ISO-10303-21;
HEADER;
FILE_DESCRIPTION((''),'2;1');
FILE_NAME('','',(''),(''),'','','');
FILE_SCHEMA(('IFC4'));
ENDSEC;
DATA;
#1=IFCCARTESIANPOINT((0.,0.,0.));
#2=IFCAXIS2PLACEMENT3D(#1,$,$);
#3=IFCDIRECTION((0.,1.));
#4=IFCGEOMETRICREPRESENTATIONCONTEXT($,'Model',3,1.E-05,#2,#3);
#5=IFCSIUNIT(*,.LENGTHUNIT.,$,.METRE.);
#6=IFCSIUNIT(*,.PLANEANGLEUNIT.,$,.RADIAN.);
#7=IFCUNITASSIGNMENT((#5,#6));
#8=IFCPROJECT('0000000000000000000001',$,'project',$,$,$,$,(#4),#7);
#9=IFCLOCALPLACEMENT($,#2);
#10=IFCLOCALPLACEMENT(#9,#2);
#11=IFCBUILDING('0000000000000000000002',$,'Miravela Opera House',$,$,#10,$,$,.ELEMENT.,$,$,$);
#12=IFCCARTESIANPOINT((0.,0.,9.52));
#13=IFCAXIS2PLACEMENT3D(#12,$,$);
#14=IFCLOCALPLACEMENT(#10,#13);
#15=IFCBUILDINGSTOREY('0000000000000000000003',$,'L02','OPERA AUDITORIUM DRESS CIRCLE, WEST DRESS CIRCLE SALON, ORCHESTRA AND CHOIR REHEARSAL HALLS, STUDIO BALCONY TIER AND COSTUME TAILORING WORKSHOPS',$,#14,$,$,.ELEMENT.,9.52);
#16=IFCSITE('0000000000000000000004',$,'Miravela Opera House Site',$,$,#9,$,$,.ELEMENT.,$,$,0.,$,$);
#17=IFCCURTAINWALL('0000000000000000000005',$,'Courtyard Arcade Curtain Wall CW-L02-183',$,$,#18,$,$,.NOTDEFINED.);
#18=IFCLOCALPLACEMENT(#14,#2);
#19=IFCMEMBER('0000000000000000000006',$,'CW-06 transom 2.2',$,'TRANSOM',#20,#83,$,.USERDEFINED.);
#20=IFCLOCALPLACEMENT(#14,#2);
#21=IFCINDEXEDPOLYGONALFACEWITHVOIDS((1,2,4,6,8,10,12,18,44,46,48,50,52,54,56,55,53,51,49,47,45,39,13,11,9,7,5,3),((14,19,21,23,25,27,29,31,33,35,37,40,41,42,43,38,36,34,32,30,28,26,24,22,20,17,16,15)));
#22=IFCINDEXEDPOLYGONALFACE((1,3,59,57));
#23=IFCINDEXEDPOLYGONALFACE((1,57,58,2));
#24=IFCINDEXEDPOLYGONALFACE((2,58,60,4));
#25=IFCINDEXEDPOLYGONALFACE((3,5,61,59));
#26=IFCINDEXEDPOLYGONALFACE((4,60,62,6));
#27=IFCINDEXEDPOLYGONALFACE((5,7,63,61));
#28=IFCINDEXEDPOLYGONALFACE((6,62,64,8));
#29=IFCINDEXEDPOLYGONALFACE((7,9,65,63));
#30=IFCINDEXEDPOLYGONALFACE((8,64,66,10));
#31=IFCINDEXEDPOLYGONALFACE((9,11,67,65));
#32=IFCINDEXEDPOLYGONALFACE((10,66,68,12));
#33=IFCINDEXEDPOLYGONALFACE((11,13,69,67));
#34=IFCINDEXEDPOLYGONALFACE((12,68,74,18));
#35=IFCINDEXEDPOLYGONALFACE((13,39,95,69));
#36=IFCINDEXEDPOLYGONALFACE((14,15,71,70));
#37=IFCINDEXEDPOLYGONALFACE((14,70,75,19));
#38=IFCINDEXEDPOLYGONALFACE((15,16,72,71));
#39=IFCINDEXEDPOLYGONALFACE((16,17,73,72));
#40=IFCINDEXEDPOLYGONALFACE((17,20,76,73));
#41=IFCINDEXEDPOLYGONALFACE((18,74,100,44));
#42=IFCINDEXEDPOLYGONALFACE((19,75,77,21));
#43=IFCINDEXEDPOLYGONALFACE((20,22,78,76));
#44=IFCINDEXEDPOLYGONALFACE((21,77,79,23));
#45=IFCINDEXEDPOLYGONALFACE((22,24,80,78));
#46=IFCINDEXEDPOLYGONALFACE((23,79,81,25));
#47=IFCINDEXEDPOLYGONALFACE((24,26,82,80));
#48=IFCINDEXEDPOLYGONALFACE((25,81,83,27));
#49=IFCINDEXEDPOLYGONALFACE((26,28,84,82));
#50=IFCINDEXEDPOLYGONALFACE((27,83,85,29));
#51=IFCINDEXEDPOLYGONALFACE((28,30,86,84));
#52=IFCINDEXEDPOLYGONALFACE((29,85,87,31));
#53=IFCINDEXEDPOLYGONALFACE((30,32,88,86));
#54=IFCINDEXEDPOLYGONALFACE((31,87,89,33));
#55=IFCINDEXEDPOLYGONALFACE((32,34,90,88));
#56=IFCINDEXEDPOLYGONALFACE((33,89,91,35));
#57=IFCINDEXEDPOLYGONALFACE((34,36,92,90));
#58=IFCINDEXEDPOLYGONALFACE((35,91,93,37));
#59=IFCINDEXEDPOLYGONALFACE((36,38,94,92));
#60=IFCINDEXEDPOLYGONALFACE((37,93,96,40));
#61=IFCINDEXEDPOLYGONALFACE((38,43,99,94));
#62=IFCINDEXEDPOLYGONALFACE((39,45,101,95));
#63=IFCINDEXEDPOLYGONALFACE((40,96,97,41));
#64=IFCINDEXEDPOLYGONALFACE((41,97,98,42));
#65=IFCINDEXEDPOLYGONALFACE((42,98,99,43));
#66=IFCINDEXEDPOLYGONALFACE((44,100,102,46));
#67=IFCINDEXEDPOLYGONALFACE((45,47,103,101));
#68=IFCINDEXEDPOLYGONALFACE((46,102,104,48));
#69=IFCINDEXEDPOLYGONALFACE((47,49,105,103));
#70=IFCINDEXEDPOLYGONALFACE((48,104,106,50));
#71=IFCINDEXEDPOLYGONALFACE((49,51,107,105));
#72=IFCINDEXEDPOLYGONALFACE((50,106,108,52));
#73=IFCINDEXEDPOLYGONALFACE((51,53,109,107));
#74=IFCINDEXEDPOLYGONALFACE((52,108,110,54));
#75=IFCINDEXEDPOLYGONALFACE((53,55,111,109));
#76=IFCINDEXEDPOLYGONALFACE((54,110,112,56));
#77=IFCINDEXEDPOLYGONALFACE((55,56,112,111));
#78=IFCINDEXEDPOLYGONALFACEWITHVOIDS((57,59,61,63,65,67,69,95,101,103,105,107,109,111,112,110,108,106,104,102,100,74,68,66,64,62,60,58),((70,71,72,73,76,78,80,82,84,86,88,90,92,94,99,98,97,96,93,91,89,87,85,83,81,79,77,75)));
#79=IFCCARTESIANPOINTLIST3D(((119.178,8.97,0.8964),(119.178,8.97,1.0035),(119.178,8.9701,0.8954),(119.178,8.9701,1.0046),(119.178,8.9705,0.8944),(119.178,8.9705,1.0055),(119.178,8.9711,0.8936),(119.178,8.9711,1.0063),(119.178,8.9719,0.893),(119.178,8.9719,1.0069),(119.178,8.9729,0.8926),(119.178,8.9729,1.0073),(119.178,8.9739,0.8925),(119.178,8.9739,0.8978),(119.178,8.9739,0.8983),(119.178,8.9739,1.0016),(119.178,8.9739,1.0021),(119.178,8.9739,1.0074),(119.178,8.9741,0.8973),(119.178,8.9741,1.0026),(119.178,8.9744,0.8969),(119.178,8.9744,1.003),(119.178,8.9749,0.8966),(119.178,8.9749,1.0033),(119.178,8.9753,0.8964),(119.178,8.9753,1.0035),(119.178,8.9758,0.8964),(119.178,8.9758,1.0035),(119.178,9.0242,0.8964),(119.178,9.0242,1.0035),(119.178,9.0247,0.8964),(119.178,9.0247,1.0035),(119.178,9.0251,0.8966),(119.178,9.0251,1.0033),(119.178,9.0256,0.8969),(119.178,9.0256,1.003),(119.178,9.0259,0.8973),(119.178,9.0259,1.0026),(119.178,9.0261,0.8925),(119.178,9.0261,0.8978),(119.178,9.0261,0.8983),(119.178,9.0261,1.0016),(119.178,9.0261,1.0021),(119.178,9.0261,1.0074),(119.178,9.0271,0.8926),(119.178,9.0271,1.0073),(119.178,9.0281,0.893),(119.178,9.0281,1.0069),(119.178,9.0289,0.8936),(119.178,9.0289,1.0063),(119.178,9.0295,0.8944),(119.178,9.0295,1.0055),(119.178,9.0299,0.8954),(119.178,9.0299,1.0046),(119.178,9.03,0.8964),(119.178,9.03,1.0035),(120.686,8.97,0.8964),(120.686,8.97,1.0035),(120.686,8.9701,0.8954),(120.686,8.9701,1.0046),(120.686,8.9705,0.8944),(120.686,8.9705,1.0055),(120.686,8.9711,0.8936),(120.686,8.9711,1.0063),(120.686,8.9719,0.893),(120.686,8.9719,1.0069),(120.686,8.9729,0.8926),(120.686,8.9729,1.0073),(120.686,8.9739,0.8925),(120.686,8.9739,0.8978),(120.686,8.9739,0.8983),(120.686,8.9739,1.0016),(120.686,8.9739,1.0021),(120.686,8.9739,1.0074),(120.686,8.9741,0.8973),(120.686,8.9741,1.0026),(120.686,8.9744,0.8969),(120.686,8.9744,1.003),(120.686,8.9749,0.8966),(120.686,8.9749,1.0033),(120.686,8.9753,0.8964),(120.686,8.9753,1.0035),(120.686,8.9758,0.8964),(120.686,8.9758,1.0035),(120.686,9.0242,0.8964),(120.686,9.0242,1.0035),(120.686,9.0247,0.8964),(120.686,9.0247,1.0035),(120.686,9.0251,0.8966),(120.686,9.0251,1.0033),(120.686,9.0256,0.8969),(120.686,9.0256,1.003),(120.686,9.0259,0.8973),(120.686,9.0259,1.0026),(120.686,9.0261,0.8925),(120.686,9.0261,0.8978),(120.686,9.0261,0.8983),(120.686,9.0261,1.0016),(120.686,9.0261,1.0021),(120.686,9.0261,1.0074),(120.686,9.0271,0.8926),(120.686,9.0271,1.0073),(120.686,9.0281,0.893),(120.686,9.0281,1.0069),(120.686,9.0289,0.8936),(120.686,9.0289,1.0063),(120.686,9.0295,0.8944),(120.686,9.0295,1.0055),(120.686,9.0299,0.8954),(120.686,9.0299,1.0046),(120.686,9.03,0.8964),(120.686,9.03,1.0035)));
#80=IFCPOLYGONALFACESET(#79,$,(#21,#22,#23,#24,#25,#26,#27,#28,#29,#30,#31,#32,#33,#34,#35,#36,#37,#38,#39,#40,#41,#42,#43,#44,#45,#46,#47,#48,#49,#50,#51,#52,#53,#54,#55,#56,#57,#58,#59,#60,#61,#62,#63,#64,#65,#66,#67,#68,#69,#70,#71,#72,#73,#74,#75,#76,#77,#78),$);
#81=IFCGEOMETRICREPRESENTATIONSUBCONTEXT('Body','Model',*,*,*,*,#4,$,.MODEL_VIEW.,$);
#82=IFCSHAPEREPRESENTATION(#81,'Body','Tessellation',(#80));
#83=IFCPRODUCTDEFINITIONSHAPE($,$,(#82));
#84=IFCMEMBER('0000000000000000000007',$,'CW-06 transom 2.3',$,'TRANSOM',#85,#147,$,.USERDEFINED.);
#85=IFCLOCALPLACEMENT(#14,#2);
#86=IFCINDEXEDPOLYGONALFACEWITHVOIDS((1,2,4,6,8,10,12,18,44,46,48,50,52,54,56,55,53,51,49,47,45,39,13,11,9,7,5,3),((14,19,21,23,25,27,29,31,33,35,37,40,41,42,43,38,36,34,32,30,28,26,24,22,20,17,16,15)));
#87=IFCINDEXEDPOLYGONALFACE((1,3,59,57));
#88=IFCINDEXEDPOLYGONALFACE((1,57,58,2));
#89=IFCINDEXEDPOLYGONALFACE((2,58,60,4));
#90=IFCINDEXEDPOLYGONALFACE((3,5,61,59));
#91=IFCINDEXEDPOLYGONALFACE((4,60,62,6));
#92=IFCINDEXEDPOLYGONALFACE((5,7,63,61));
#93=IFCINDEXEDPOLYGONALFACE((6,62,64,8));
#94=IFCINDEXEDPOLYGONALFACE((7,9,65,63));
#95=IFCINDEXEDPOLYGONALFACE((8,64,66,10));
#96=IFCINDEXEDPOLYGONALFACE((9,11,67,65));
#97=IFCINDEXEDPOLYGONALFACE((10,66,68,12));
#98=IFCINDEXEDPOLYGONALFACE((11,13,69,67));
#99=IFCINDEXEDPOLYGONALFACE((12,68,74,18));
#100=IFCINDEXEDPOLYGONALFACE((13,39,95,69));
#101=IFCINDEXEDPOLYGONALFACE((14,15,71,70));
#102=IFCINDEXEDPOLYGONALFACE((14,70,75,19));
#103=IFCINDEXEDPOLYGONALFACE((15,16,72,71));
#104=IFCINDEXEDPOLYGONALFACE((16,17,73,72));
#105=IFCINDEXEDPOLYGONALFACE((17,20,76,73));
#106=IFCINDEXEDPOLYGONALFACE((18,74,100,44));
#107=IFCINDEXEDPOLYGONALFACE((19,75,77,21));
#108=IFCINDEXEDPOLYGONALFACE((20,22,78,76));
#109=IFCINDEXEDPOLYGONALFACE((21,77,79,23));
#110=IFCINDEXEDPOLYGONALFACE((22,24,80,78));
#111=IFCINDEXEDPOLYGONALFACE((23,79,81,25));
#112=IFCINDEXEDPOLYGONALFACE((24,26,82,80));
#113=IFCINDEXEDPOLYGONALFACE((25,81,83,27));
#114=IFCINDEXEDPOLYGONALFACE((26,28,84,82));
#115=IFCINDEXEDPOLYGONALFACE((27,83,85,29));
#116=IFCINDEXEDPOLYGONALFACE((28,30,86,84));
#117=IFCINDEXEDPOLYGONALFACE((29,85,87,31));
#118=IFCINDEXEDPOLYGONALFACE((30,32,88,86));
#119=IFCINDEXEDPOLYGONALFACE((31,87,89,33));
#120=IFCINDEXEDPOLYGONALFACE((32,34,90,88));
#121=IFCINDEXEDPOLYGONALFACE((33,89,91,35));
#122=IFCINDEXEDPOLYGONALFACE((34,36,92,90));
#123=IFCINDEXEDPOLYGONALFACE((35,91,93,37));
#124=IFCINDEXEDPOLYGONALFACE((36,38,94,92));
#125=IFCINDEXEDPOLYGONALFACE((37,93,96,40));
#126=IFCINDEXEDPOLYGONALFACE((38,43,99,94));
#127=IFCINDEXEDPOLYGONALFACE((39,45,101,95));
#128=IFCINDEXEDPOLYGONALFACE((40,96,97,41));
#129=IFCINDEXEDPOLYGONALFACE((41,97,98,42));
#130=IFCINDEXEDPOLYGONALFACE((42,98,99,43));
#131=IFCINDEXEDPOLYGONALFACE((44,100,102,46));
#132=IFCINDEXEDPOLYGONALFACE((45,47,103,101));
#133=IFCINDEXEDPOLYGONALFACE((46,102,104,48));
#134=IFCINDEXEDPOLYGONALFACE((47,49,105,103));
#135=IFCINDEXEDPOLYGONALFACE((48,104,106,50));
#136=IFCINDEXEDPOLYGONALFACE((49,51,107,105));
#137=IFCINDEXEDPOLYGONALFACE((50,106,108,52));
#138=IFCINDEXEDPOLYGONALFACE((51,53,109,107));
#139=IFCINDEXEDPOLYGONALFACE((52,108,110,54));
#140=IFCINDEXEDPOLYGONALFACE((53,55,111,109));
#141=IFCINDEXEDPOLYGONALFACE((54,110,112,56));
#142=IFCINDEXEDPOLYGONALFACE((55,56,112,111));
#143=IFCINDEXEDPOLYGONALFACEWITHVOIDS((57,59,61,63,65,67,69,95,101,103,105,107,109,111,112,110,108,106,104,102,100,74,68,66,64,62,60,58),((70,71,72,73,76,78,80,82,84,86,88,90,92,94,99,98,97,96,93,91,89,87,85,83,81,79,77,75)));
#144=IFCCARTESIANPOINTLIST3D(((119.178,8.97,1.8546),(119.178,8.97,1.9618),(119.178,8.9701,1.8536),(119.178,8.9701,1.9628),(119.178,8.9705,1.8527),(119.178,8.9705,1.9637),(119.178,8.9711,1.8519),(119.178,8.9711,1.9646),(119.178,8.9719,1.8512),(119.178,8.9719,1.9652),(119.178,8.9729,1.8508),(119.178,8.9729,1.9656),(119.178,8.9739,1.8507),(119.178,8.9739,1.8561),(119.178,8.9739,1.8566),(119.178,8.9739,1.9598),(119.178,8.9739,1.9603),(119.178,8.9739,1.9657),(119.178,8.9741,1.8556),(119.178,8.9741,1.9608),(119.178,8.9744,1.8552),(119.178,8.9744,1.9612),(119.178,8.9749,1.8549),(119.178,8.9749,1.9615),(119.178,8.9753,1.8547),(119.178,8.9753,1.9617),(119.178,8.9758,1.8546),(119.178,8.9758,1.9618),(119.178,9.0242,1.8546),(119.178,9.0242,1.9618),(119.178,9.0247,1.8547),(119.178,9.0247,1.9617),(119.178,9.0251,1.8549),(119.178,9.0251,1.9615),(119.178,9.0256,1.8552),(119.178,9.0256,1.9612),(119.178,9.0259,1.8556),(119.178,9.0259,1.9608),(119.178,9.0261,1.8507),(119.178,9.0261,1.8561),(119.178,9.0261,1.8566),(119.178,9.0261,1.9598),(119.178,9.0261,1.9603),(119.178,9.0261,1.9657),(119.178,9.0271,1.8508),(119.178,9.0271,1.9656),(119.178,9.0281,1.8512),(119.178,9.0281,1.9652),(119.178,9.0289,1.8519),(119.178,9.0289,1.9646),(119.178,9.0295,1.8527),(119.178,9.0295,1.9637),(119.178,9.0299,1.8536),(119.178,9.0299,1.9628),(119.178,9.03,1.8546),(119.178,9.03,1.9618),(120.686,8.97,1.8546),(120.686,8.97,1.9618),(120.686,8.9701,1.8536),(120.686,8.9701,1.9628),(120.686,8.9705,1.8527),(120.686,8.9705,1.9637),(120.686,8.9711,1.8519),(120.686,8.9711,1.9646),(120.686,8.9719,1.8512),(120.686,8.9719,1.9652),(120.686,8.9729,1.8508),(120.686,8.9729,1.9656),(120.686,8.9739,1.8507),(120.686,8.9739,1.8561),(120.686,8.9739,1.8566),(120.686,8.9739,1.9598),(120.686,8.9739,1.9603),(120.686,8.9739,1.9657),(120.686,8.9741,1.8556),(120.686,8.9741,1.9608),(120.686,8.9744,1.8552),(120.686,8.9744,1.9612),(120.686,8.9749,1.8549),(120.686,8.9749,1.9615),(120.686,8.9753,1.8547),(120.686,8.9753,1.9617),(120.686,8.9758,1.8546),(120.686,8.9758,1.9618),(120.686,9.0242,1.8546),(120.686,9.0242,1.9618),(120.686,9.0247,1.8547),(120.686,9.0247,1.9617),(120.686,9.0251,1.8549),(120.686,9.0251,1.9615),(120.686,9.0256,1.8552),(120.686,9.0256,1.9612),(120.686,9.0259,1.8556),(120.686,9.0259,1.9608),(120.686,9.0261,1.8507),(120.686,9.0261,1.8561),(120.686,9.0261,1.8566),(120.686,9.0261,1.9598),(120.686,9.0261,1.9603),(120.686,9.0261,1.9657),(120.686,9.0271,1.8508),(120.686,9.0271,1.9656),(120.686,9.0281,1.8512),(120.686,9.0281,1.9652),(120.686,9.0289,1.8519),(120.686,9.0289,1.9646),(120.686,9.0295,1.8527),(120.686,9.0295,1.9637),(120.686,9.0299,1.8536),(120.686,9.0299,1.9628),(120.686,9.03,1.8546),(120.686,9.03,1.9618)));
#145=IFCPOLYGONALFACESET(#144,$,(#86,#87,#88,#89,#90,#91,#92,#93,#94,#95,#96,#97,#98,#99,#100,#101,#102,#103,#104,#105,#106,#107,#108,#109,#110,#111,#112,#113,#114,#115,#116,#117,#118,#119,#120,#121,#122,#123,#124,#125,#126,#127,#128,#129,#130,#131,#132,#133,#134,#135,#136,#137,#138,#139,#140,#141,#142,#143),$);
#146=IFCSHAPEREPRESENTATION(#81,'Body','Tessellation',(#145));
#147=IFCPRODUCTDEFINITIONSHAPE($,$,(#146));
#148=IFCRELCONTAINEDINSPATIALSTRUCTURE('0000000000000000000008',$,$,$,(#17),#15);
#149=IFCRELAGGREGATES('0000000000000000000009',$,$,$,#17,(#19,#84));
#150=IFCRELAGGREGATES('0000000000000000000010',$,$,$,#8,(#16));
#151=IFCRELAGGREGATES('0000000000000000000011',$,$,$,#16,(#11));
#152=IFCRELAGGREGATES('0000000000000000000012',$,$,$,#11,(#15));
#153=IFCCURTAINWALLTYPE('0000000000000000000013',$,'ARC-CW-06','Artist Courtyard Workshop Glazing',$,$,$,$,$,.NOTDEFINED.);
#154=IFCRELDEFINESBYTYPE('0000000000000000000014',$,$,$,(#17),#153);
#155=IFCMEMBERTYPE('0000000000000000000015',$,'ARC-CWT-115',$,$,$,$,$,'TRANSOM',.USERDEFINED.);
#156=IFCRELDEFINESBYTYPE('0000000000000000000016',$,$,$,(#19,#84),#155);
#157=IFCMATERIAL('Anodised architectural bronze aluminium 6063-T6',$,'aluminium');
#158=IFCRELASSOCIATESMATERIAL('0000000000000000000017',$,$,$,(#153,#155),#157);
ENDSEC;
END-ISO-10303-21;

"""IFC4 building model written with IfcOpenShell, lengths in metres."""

from ifc_helpers import new_model, si_unit, direction, frame, origin, origin_2d, place, context, subcontext, project, spatial, hollow_rectangle, extrude, material, material_profile, profile_set, type_object, element, aggregate, save


model = new_model("IFC4")

# Units and contexts
model_context = context("Model", 3, precision=1e-05, world=origin(), true_north=direction((0.0, 1.0)))
body_context = subcontext(model_context, "Body", "Model", "MODEL_VIEW")
ifc_project = project(units=[si_unit("LENGTHUNIT", "METRE"), si_unit("PLANEANGLEUNIT", "RADIAN")], contexts=[model_context])

# Site, building, storey
site_placement = place(None, origin())
site = spatial("IfcSite", under=ifc_project, at=site_placement, Name="Miravela Opera House Site", CompositionType="ELEMENT", RefElevation=0.0)
building_placement = place(site_placement, origin())
building = spatial("IfcBuilding", under=site, at=building_placement, Name="Miravela Opera House", CompositionType="ELEMENT")
storey_placement = place(building_placement, frame((0.0, 0.0, 9.52)))
storey = spatial("IfcBuildingStorey", under=building, at=storey_placement, Name="L02", Description="OPERA AUDITORIUM DRESS CIRCLE, WEST DRESS CIRCLE SALON, ORCHESTRA AND CHOIR REHEARSAL HALLS, STUDIO BALCONY TIER AND COSTUME TAILORING WORKSHOPS", CompositionType="ELEMENT", Elevation=9.52)

# Curtain wall, members
ifc_material_1 = material(Name="Anodised architectural bronze aluminium 6063-T6", Category="aluminium")
curtain_wall_type = type_object("IfcCurtainWallType", Name="ARC-CW-06", Description="Artist Courtyard Workshop Glazing", PredefinedType="NOTDEFINED", material=ifc_material_1)
curtain_wall_placement = place(storey_placement, origin())
curtain_wall = element("IfcCurtainWall", 1, at=curtain_wall_placement, inside=storey, type_object=curtain_wall_type, Name="Courtyard Arcade Curtain Wall CW-L02-183", PredefinedType="NOTDEFINED")
ifc_material_profile_1 = material_profile(ifc_material_1, hollow_rectangle(XDim=0.0601, YDim=0.115, WallThickness=0.0039, InnerFilletRadius=0.002, OuterFilletRadius=0.0039, at=origin_2d()), Name="CWT-60X115")
ifc_profile_set_1 = profile_set([ifc_material_profile_1])
member_type_1 = type_object("IfcMemberType", Name="ARC-CWT-115", ElementType="TRANSOM", PredefinedType="USERDEFINED", material=ifc_profile_set_1)
member_1_placement = place(storey_placement, frame((119.178, 9.0, 0.95), z_axis=(1.0, 0.0, 0.0), x_axis=(0.0, 1.0, 0.0)))
member_1 = element("IfcMember", 2, at=member_1_placement, type_object=member_type_1, Name="CW-06 transom 2.2", ObjectType="TRANSOM", PredefinedType="USERDEFINED", context=body_context, shape_type="SweptSolid", body=[
    extrude(hollow_rectangle(XDim=0.0601, YDim=0.115, WallThickness=0.0039, InnerFilletRadius=0.002, OuterFilletRadius=0.0039, at=origin_2d()), origin(), (0.0, 0.0, 1.0), 1.5081),
])
member_2_placement = place(storey_placement, frame((119.178, 9.0, 1.9082), z_axis=(1.0, 0.0, 0.0), x_axis=(0.0, 1.0, 0.0)))
member_2 = element("IfcMember", 3, at=member_2_placement, type_object=member_type_1, Name="CW-06 transom 2.3", ObjectType="TRANSOM", PredefinedType="USERDEFINED", context=body_context, shape_type="SweptSolid", body=[
    extrude(hollow_rectangle(XDim=0.0601, YDim=0.115, WallThickness=0.0039, InnerFilletRadius=0.002, OuterFilletRadius=0.0039, at=origin_2d()), origin(), (0.0, 0.0, 1.0), 1.5081),
])

aggregate(curtain_wall, [member_1, member_2])

save(model, "model.ifc")
